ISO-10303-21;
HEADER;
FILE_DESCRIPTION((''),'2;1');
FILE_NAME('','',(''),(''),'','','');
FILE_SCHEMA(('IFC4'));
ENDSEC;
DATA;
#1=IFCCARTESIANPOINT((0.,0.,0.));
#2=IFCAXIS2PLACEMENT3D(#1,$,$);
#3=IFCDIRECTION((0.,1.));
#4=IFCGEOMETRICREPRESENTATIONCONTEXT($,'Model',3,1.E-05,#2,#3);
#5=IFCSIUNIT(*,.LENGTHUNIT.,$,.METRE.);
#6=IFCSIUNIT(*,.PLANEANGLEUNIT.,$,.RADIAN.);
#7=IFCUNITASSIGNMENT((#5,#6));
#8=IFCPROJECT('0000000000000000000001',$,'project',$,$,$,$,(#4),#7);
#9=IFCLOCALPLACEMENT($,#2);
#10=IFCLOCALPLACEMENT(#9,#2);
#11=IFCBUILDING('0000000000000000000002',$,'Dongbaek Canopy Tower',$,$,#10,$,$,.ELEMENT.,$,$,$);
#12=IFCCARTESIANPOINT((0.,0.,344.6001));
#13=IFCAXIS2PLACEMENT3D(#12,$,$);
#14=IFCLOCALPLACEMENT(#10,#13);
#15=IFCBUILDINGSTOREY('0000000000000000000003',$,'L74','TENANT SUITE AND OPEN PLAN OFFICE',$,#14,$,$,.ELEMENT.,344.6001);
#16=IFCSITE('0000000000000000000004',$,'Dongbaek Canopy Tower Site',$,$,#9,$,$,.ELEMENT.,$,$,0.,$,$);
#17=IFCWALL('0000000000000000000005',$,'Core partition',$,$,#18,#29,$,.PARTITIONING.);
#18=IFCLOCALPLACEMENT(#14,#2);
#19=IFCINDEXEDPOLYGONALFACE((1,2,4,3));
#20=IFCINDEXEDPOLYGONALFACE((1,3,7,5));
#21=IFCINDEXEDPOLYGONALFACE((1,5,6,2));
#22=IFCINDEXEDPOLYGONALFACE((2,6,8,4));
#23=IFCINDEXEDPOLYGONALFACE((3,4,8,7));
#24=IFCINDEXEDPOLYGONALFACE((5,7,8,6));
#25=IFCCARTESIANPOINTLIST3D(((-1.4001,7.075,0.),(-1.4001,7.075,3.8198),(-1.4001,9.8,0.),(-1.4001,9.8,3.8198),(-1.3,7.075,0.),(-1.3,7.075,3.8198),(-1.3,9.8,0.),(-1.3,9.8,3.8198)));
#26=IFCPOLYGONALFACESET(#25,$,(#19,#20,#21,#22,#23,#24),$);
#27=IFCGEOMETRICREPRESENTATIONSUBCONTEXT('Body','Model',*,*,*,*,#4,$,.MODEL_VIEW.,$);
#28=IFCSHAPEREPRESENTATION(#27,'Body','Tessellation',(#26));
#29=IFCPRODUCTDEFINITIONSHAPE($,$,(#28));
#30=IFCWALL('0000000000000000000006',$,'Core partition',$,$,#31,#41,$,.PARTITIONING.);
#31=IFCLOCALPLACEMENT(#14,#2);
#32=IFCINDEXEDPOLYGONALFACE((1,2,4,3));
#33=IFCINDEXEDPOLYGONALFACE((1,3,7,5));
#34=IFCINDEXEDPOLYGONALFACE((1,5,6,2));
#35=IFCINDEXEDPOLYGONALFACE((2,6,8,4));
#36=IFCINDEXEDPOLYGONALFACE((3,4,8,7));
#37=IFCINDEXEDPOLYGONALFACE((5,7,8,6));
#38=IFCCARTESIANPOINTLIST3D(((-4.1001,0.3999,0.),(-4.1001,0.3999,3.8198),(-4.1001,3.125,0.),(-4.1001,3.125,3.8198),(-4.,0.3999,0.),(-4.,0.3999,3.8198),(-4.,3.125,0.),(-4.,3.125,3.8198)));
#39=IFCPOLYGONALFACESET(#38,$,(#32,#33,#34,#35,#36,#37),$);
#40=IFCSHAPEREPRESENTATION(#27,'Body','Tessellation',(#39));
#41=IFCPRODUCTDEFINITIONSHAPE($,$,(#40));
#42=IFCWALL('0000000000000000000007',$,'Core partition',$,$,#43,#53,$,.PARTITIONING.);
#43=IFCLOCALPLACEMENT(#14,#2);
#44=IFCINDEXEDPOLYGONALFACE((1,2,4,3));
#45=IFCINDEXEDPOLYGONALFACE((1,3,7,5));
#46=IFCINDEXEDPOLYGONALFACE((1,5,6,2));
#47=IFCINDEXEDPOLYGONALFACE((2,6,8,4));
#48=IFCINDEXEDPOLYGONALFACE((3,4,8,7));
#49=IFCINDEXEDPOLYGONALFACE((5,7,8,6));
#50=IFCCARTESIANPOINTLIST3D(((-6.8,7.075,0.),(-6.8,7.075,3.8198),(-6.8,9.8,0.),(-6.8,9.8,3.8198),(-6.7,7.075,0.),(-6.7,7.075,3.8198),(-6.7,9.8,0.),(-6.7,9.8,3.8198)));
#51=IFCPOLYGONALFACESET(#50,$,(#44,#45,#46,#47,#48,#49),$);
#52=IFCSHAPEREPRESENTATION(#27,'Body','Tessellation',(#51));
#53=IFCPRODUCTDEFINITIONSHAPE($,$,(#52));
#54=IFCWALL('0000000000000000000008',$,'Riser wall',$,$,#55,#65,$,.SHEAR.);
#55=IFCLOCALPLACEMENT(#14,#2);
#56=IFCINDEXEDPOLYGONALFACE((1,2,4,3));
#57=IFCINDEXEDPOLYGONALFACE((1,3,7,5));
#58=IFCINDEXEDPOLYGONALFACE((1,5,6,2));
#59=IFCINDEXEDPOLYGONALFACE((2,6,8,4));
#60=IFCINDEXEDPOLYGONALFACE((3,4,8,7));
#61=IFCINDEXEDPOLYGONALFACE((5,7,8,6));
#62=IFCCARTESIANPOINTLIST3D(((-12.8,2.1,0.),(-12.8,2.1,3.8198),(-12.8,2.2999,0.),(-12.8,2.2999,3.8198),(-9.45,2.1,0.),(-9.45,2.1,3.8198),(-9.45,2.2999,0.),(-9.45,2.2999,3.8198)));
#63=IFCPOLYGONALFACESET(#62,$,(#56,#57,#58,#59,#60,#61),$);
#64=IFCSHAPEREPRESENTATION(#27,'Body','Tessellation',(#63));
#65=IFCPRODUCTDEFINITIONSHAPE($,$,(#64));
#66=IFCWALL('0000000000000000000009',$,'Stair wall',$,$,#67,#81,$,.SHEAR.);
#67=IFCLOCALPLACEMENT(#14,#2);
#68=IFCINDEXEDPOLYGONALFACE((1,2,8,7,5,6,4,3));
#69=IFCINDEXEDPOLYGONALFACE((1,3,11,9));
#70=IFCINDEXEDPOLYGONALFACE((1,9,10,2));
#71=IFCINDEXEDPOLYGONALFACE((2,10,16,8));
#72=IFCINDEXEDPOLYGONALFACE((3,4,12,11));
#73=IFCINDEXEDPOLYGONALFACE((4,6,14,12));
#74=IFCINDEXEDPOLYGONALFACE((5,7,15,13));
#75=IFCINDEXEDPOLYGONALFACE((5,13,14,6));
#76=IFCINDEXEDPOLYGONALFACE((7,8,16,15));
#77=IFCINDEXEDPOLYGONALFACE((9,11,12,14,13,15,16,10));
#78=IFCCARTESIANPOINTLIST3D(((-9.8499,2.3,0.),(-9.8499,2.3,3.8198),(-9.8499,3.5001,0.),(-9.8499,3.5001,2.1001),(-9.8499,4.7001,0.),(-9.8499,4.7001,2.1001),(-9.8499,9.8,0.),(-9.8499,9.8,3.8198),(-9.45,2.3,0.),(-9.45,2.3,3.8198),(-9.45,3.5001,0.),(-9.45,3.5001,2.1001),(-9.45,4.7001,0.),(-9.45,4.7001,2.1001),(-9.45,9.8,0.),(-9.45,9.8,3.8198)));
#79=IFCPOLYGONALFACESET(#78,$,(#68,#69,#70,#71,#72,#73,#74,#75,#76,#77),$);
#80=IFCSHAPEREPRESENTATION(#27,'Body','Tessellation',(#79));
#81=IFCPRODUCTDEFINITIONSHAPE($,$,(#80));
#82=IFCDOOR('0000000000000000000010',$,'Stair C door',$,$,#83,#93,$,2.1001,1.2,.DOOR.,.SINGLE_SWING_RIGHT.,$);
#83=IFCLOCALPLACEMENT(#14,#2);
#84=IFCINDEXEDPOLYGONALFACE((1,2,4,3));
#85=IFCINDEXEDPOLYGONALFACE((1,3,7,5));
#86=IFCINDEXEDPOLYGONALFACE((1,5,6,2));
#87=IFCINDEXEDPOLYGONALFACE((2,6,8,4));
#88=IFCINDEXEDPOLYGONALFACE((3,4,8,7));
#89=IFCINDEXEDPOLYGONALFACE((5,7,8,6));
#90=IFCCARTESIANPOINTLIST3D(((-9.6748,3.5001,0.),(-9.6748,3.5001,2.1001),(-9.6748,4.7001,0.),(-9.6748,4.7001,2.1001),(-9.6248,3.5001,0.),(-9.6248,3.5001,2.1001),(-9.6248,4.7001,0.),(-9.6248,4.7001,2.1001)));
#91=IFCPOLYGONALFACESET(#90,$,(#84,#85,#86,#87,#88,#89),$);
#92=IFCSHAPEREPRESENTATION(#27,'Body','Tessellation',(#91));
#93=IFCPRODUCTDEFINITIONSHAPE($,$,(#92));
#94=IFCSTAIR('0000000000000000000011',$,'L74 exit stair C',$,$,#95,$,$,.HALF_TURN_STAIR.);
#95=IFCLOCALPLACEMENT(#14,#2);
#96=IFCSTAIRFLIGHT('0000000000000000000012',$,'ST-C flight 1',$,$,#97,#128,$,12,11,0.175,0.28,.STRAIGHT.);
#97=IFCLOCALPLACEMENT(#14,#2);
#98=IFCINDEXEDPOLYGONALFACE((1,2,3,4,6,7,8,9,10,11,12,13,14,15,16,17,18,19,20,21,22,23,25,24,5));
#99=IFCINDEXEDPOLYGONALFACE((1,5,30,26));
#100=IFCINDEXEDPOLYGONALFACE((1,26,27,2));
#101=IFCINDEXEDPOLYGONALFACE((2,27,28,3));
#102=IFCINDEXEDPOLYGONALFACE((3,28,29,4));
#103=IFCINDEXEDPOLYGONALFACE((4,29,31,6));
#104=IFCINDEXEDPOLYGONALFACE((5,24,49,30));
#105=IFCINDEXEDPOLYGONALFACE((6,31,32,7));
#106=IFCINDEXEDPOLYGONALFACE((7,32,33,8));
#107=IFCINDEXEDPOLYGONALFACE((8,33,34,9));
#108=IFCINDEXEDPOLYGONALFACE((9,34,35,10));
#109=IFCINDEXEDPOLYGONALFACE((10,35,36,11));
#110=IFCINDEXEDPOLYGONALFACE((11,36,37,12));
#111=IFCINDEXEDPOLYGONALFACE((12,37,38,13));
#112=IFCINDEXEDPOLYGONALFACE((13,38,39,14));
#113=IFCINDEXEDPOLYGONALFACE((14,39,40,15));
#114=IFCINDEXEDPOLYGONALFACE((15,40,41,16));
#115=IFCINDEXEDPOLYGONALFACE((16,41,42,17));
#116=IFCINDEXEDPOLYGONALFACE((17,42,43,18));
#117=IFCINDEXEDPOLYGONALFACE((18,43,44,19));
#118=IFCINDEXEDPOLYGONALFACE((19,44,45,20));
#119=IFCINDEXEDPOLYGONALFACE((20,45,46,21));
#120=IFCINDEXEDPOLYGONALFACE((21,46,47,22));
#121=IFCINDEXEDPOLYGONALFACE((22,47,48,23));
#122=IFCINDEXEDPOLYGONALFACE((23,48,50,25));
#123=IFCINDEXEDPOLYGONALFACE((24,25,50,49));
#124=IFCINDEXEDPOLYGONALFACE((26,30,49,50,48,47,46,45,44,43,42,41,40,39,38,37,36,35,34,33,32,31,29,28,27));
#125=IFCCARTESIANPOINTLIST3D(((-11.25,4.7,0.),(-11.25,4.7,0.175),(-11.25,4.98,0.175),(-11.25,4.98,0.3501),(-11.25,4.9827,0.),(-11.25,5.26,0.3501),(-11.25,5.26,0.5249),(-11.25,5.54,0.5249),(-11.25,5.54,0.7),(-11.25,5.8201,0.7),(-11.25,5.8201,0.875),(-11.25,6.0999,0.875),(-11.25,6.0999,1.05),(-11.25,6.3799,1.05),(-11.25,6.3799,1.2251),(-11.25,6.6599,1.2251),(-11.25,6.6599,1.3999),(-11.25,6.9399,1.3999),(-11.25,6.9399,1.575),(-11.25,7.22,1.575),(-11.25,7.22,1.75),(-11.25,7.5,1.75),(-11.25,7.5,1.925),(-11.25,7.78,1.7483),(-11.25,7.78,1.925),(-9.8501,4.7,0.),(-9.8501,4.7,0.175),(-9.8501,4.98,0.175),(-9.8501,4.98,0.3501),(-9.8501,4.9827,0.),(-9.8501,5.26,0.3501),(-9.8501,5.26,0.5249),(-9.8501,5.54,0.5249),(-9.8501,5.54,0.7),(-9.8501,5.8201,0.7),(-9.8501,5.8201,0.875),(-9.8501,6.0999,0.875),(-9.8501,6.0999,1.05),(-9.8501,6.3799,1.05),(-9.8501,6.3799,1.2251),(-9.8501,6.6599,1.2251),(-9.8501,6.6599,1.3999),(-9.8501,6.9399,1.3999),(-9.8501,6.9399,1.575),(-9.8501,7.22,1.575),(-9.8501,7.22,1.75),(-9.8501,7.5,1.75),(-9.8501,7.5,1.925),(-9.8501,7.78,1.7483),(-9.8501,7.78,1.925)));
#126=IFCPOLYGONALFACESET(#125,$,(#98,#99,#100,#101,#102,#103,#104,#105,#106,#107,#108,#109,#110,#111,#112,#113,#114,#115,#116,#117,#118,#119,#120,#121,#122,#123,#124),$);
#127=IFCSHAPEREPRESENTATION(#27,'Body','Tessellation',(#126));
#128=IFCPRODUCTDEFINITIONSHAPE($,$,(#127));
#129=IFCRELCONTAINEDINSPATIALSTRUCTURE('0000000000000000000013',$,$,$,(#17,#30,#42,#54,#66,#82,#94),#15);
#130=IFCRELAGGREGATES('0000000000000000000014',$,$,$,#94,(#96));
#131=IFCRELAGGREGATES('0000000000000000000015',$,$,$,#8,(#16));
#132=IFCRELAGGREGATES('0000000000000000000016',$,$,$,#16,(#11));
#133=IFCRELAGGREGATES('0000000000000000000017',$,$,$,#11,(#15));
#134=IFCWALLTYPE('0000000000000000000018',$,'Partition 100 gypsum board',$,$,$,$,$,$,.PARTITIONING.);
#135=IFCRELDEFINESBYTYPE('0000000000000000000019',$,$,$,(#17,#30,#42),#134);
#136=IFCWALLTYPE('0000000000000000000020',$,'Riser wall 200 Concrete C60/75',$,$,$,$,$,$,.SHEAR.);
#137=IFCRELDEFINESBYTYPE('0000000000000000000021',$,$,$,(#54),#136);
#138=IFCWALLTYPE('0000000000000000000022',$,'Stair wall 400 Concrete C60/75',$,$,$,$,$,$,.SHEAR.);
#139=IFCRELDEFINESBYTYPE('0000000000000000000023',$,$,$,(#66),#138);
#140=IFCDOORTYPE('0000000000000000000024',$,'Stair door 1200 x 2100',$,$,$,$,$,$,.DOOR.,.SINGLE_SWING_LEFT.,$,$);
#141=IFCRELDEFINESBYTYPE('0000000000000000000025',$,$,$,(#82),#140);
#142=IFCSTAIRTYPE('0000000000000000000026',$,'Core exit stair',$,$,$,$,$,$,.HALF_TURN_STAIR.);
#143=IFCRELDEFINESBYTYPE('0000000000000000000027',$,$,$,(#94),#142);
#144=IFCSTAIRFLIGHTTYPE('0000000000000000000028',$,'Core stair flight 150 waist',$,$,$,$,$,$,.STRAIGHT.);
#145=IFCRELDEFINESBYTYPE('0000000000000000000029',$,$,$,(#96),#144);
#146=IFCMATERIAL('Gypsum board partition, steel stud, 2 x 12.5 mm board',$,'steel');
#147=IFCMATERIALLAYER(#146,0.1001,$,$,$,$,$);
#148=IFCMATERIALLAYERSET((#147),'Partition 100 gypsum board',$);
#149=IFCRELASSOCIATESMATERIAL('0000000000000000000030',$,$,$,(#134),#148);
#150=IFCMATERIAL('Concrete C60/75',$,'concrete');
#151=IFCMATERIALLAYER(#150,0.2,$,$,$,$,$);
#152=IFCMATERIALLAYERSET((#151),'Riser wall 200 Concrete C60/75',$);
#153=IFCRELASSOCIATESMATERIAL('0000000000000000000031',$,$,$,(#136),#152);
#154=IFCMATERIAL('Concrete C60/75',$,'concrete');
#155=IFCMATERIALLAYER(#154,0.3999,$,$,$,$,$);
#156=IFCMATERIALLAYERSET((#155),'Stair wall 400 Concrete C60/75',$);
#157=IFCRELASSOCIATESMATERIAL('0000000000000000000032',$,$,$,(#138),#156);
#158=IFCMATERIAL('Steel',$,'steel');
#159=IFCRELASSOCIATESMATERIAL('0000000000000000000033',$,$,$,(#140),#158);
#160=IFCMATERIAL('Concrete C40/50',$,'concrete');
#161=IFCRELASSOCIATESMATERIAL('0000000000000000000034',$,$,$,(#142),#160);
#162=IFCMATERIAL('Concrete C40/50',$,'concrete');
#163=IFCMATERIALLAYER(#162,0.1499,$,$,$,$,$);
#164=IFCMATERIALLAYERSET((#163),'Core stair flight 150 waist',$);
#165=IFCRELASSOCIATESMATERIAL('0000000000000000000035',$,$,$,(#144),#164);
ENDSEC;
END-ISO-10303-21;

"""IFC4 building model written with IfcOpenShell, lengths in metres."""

from ifc_helpers import new_model, si_unit, direction, frame, frame_2d, origin, place, context, subcontext, project, spatial, polyline, rectangle, outline, extrude, material, layer, layer_set, type_object, element, fill, aggregate, save


model = new_model("IFC4")

# Units and contexts
model_context = context("Model", 3, precision=1e-05, world=origin(), true_north=direction((0.0, 1.0)))
body_context = subcontext(model_context, "Body", "Model", "MODEL_VIEW")
ifc_project = project(units=[si_unit("LENGTHUNIT", "METRE"), si_unit("PLANEANGLEUNIT", "RADIAN")], contexts=[model_context])

# Site, building, storey
site_placement = place(None, origin())
site = spatial("IfcSite", under=ifc_project, at=site_placement, Name="Dongbaek Canopy Tower Site", CompositionType="ELEMENT", RefElevation=0.0)
building_placement = place(site_placement, origin())
building = spatial("IfcBuilding", under=site, at=building_placement, Name="Dongbaek Canopy Tower", CompositionType="ELEMENT")
storey_placement = place(building_placement, frame((0.0, 0.0, 344.6001)))
storey = spatial("IfcBuildingStorey", under=building, at=storey_placement, Name="L74", Description="TENANT SUITE AND OPEN PLAN OFFICE", CompositionType="ELEMENT", Elevation=344.6001)

# Walls
ifc_material_1 = material(Name="Gypsum board partition, steel stud, 2 x 12.5 mm board", Category="steel")
ifc_layer_1 = layer(ifc_material_1, 0.1001)
ifc_layer_set_1 = layer_set([ifc_layer_1], Name="Partition 100 gypsum board")
wall_type_1 = type_object("IfcWallType", Name="Partition 100 gypsum board", PredefinedType="PARTITIONING", material=ifc_layer_set_1)
for number, where, z_axis, x_axis, name in (
    (1, (-1.3501, 7.075, 0.0), (0.0, 0.0, 1.0), (0.0, 1.0, 0.0), "Core partition"),
    (2, (-4.05, 0.3999, 0.0), (0.0, 0.0, 1.0), (0.0, 1.0, 0.0), "Core partition"),
    (3, (-6.75, 7.075, 0.0), (0.0, 0.0, 1.0), (0.0, 1.0, 0.0), "Core partition"),
):
    element("IfcWall", number, at=place(storey_placement, frame(where, z_axis=z_axis, x_axis=x_axis)), inside=storey, type_object=wall_type_1, Name=name, PredefinedType="PARTITIONING", context=body_context, shape_type="SweptSolid", body=[
        extrude(rectangle(XDim=2.7251, YDim=0.1001, at=frame_2d((1.3625, 0.0))), origin(), (0.0, 0.0, 1.0), 3.8198),
    ])
ifc_material_2 = material(Name="Concrete C60/75", Category="concrete")
ifc_layer_2 = layer(ifc_material_2, 0.2)
ifc_layer_set_2 = layer_set([ifc_layer_2], Name="Riser wall 200 Concrete C60/75")
wall_type_2 = type_object("IfcWallType", Name="Riser wall 200 Concrete C60/75", PredefinedType="SHEAR", material=ifc_layer_set_2)
wall_1_placement = place(storey_placement, frame((-9.45, 2.2, 0.0), z_axis=(0.0, 0.0, 1.0), x_axis=(-1.0, 0.0, 0.0)))
element("IfcWall", 4, at=wall_1_placement, inside=storey, type_object=wall_type_2, Name="Riser wall", PredefinedType="SHEAR", context=body_context, shape_type="SweptSolid", body=[
    extrude(rectangle(XDim=3.3501, YDim=0.2, at=frame_2d((1.675, 0.0))), origin(), (0.0, 0.0, 1.0), 3.8198),
])

# Wall, opening, door
ifc_material_3 = material(Name="Concrete C60/75", Category="concrete")
ifc_layer_3 = layer(ifc_material_3, 0.3999)
ifc_layer_set_3 = layer_set([ifc_layer_3], Name="Stair wall 400 Concrete C60/75")
wall_type_3 = type_object("IfcWallType", Name="Stair wall 400 Concrete C60/75", PredefinedType="SHEAR", material=ifc_layer_set_3)
wall_2_placement = place(storey_placement, frame((-9.6499, 2.3, 0.0), z_axis=(0.0, 0.0, 1.0), x_axis=(0.0, 1.0, 0.0)))
wall_2 = element("IfcWall", 5, at=wall_2_placement, inside=storey, type_object=wall_type_3, Name="Stair wall", PredefinedType="SHEAR", context=body_context, shape_type="SweptSolid", body=[
    extrude(rectangle(XDim=7.5, YDim=0.3999, at=frame_2d((3.75, 0.0))), origin(), (0.0, 0.0, 1.0), 3.8198),
])
opening_1_placement = place(wall_2_placement, frame((1.2, 0.0, 0.0)))
opening_1 = element("IfcOpeningElement", 6, at=opening_1_placement, cuts=wall_2, PredefinedType="OPENING", context=body_context, shape_type="SweptSolid", body=[
    extrude(rectangle(XDim=1.2, YDim=2.1001, at=frame_2d((0.6001, 1.05))), frame((0.0, 0.21, 0.0), z_axis=(0.0, -1.0, 0.0), x_axis=(1.0, 0.0, 0.0)), (0.0, 0.0, 1.0), 0.4199),
])
ifc_material_4 = material(Name="Steel", Category="steel")
door_type_1 = type_object("IfcDoorType", Name="Stair door 1200 x 2100", OperationType="SINGLE_SWING_LEFT", PredefinedType="DOOR", material=ifc_material_4)
door_1_placement = place(opening_1_placement, origin())
door_1 = element("IfcDoor", 7, at=door_1_placement, inside=storey, type_object=door_type_1, Name="Stair C door", OperationType="SINGLE_SWING_RIGHT", OverallHeight=2.1001, OverallWidth=1.2, PredefinedType="DOOR", context=body_context, shape_type="SweptSolid", body=[
    extrude(rectangle(XDim=1.2, YDim=2.1001, at=frame_2d((0.6001, 1.05))), frame((0.0, 0.0249, 0.0), z_axis=(0.0, -1.0, 0.0), x_axis=(1.0, 0.0, 0.0)), (0.0, 0.0, 1.0), 0.05),
])
fill(opening_1, door_1)

# Stair, stair flight
ifc_material_5 = material(Name="Concrete C40/50", Category="concrete")
stair_type = type_object("IfcStairType", Name="Core exit stair", PredefinedType="HALF_TURN_STAIR", material=ifc_material_5)
stair_placement = place(storey_placement, origin())
stair = element("IfcStair", 8, at=stair_placement, inside=storey, type_object=stair_type, Name="L74 exit stair C", PredefinedType="HALF_TURN_STAIR")
ifc_material_6 = material(Name="Concrete C40/50", Category="concrete")
ifc_layer_4 = layer(ifc_material_6, 0.1499)
ifc_layer_set_4 = layer_set([ifc_layer_4], Name="Core stair flight 150 waist")
stair_flight_type = type_object("IfcStairFlightType", Name="Core stair flight 150 waist", PredefinedType="STRAIGHT", material=ifc_layer_set_4)
stair_flight_placement = place(storey_placement, frame((-10.55, 4.7, 0.0), z_axis=(0.0, 0.0, 1.0), x_axis=(0.0, 1.0, 0.0)))
stair_flight = element("IfcStairFlight", 9, at=stair_flight_placement, type_object=stair_flight_type, Name="ST-C flight 1", NumberOfRisers=12, NumberOfTreads=11, PredefinedType="STRAIGHT", RiserHeight=0.175, TreadLength=0.28, context=body_context, shape_type="SweptSolid", body=[
    extrude(outline(polyline([(0.0, 0.0), (0.0, 0.175), (0.28, 0.175), (0.28, 0.3501), (0.5601, 0.3501), (0.5601, 0.5249), (0.8401, 0.5249), (0.8401, 0.7), (1.1201, 0.7), (1.1201, 0.875), (1.3999, 0.875), (1.3999, 1.05), (1.6799, 1.05), (1.6799, 1.2251), (1.96, 1.2251), (1.96, 1.3999), (2.24, 1.3999), (2.24, 1.575), (2.52, 1.575), (2.52, 1.75), (2.8, 1.75), (2.8, 1.925), (3.0801, 1.925), (3.0801, 2.1001), (3.0801, 1.7483), (0.2827, 0.0), (0.0, 0.0)])), frame((0.0, 0.7, 0.0), z_axis=(0.0, -1.0, 0.0), x_axis=(1.0, 0.0, 0.0)), (0.0, 0.0, 1.0), 1.3999),
])
aggregate(stair, [stair_flight])

save(model, "model.ifc")
